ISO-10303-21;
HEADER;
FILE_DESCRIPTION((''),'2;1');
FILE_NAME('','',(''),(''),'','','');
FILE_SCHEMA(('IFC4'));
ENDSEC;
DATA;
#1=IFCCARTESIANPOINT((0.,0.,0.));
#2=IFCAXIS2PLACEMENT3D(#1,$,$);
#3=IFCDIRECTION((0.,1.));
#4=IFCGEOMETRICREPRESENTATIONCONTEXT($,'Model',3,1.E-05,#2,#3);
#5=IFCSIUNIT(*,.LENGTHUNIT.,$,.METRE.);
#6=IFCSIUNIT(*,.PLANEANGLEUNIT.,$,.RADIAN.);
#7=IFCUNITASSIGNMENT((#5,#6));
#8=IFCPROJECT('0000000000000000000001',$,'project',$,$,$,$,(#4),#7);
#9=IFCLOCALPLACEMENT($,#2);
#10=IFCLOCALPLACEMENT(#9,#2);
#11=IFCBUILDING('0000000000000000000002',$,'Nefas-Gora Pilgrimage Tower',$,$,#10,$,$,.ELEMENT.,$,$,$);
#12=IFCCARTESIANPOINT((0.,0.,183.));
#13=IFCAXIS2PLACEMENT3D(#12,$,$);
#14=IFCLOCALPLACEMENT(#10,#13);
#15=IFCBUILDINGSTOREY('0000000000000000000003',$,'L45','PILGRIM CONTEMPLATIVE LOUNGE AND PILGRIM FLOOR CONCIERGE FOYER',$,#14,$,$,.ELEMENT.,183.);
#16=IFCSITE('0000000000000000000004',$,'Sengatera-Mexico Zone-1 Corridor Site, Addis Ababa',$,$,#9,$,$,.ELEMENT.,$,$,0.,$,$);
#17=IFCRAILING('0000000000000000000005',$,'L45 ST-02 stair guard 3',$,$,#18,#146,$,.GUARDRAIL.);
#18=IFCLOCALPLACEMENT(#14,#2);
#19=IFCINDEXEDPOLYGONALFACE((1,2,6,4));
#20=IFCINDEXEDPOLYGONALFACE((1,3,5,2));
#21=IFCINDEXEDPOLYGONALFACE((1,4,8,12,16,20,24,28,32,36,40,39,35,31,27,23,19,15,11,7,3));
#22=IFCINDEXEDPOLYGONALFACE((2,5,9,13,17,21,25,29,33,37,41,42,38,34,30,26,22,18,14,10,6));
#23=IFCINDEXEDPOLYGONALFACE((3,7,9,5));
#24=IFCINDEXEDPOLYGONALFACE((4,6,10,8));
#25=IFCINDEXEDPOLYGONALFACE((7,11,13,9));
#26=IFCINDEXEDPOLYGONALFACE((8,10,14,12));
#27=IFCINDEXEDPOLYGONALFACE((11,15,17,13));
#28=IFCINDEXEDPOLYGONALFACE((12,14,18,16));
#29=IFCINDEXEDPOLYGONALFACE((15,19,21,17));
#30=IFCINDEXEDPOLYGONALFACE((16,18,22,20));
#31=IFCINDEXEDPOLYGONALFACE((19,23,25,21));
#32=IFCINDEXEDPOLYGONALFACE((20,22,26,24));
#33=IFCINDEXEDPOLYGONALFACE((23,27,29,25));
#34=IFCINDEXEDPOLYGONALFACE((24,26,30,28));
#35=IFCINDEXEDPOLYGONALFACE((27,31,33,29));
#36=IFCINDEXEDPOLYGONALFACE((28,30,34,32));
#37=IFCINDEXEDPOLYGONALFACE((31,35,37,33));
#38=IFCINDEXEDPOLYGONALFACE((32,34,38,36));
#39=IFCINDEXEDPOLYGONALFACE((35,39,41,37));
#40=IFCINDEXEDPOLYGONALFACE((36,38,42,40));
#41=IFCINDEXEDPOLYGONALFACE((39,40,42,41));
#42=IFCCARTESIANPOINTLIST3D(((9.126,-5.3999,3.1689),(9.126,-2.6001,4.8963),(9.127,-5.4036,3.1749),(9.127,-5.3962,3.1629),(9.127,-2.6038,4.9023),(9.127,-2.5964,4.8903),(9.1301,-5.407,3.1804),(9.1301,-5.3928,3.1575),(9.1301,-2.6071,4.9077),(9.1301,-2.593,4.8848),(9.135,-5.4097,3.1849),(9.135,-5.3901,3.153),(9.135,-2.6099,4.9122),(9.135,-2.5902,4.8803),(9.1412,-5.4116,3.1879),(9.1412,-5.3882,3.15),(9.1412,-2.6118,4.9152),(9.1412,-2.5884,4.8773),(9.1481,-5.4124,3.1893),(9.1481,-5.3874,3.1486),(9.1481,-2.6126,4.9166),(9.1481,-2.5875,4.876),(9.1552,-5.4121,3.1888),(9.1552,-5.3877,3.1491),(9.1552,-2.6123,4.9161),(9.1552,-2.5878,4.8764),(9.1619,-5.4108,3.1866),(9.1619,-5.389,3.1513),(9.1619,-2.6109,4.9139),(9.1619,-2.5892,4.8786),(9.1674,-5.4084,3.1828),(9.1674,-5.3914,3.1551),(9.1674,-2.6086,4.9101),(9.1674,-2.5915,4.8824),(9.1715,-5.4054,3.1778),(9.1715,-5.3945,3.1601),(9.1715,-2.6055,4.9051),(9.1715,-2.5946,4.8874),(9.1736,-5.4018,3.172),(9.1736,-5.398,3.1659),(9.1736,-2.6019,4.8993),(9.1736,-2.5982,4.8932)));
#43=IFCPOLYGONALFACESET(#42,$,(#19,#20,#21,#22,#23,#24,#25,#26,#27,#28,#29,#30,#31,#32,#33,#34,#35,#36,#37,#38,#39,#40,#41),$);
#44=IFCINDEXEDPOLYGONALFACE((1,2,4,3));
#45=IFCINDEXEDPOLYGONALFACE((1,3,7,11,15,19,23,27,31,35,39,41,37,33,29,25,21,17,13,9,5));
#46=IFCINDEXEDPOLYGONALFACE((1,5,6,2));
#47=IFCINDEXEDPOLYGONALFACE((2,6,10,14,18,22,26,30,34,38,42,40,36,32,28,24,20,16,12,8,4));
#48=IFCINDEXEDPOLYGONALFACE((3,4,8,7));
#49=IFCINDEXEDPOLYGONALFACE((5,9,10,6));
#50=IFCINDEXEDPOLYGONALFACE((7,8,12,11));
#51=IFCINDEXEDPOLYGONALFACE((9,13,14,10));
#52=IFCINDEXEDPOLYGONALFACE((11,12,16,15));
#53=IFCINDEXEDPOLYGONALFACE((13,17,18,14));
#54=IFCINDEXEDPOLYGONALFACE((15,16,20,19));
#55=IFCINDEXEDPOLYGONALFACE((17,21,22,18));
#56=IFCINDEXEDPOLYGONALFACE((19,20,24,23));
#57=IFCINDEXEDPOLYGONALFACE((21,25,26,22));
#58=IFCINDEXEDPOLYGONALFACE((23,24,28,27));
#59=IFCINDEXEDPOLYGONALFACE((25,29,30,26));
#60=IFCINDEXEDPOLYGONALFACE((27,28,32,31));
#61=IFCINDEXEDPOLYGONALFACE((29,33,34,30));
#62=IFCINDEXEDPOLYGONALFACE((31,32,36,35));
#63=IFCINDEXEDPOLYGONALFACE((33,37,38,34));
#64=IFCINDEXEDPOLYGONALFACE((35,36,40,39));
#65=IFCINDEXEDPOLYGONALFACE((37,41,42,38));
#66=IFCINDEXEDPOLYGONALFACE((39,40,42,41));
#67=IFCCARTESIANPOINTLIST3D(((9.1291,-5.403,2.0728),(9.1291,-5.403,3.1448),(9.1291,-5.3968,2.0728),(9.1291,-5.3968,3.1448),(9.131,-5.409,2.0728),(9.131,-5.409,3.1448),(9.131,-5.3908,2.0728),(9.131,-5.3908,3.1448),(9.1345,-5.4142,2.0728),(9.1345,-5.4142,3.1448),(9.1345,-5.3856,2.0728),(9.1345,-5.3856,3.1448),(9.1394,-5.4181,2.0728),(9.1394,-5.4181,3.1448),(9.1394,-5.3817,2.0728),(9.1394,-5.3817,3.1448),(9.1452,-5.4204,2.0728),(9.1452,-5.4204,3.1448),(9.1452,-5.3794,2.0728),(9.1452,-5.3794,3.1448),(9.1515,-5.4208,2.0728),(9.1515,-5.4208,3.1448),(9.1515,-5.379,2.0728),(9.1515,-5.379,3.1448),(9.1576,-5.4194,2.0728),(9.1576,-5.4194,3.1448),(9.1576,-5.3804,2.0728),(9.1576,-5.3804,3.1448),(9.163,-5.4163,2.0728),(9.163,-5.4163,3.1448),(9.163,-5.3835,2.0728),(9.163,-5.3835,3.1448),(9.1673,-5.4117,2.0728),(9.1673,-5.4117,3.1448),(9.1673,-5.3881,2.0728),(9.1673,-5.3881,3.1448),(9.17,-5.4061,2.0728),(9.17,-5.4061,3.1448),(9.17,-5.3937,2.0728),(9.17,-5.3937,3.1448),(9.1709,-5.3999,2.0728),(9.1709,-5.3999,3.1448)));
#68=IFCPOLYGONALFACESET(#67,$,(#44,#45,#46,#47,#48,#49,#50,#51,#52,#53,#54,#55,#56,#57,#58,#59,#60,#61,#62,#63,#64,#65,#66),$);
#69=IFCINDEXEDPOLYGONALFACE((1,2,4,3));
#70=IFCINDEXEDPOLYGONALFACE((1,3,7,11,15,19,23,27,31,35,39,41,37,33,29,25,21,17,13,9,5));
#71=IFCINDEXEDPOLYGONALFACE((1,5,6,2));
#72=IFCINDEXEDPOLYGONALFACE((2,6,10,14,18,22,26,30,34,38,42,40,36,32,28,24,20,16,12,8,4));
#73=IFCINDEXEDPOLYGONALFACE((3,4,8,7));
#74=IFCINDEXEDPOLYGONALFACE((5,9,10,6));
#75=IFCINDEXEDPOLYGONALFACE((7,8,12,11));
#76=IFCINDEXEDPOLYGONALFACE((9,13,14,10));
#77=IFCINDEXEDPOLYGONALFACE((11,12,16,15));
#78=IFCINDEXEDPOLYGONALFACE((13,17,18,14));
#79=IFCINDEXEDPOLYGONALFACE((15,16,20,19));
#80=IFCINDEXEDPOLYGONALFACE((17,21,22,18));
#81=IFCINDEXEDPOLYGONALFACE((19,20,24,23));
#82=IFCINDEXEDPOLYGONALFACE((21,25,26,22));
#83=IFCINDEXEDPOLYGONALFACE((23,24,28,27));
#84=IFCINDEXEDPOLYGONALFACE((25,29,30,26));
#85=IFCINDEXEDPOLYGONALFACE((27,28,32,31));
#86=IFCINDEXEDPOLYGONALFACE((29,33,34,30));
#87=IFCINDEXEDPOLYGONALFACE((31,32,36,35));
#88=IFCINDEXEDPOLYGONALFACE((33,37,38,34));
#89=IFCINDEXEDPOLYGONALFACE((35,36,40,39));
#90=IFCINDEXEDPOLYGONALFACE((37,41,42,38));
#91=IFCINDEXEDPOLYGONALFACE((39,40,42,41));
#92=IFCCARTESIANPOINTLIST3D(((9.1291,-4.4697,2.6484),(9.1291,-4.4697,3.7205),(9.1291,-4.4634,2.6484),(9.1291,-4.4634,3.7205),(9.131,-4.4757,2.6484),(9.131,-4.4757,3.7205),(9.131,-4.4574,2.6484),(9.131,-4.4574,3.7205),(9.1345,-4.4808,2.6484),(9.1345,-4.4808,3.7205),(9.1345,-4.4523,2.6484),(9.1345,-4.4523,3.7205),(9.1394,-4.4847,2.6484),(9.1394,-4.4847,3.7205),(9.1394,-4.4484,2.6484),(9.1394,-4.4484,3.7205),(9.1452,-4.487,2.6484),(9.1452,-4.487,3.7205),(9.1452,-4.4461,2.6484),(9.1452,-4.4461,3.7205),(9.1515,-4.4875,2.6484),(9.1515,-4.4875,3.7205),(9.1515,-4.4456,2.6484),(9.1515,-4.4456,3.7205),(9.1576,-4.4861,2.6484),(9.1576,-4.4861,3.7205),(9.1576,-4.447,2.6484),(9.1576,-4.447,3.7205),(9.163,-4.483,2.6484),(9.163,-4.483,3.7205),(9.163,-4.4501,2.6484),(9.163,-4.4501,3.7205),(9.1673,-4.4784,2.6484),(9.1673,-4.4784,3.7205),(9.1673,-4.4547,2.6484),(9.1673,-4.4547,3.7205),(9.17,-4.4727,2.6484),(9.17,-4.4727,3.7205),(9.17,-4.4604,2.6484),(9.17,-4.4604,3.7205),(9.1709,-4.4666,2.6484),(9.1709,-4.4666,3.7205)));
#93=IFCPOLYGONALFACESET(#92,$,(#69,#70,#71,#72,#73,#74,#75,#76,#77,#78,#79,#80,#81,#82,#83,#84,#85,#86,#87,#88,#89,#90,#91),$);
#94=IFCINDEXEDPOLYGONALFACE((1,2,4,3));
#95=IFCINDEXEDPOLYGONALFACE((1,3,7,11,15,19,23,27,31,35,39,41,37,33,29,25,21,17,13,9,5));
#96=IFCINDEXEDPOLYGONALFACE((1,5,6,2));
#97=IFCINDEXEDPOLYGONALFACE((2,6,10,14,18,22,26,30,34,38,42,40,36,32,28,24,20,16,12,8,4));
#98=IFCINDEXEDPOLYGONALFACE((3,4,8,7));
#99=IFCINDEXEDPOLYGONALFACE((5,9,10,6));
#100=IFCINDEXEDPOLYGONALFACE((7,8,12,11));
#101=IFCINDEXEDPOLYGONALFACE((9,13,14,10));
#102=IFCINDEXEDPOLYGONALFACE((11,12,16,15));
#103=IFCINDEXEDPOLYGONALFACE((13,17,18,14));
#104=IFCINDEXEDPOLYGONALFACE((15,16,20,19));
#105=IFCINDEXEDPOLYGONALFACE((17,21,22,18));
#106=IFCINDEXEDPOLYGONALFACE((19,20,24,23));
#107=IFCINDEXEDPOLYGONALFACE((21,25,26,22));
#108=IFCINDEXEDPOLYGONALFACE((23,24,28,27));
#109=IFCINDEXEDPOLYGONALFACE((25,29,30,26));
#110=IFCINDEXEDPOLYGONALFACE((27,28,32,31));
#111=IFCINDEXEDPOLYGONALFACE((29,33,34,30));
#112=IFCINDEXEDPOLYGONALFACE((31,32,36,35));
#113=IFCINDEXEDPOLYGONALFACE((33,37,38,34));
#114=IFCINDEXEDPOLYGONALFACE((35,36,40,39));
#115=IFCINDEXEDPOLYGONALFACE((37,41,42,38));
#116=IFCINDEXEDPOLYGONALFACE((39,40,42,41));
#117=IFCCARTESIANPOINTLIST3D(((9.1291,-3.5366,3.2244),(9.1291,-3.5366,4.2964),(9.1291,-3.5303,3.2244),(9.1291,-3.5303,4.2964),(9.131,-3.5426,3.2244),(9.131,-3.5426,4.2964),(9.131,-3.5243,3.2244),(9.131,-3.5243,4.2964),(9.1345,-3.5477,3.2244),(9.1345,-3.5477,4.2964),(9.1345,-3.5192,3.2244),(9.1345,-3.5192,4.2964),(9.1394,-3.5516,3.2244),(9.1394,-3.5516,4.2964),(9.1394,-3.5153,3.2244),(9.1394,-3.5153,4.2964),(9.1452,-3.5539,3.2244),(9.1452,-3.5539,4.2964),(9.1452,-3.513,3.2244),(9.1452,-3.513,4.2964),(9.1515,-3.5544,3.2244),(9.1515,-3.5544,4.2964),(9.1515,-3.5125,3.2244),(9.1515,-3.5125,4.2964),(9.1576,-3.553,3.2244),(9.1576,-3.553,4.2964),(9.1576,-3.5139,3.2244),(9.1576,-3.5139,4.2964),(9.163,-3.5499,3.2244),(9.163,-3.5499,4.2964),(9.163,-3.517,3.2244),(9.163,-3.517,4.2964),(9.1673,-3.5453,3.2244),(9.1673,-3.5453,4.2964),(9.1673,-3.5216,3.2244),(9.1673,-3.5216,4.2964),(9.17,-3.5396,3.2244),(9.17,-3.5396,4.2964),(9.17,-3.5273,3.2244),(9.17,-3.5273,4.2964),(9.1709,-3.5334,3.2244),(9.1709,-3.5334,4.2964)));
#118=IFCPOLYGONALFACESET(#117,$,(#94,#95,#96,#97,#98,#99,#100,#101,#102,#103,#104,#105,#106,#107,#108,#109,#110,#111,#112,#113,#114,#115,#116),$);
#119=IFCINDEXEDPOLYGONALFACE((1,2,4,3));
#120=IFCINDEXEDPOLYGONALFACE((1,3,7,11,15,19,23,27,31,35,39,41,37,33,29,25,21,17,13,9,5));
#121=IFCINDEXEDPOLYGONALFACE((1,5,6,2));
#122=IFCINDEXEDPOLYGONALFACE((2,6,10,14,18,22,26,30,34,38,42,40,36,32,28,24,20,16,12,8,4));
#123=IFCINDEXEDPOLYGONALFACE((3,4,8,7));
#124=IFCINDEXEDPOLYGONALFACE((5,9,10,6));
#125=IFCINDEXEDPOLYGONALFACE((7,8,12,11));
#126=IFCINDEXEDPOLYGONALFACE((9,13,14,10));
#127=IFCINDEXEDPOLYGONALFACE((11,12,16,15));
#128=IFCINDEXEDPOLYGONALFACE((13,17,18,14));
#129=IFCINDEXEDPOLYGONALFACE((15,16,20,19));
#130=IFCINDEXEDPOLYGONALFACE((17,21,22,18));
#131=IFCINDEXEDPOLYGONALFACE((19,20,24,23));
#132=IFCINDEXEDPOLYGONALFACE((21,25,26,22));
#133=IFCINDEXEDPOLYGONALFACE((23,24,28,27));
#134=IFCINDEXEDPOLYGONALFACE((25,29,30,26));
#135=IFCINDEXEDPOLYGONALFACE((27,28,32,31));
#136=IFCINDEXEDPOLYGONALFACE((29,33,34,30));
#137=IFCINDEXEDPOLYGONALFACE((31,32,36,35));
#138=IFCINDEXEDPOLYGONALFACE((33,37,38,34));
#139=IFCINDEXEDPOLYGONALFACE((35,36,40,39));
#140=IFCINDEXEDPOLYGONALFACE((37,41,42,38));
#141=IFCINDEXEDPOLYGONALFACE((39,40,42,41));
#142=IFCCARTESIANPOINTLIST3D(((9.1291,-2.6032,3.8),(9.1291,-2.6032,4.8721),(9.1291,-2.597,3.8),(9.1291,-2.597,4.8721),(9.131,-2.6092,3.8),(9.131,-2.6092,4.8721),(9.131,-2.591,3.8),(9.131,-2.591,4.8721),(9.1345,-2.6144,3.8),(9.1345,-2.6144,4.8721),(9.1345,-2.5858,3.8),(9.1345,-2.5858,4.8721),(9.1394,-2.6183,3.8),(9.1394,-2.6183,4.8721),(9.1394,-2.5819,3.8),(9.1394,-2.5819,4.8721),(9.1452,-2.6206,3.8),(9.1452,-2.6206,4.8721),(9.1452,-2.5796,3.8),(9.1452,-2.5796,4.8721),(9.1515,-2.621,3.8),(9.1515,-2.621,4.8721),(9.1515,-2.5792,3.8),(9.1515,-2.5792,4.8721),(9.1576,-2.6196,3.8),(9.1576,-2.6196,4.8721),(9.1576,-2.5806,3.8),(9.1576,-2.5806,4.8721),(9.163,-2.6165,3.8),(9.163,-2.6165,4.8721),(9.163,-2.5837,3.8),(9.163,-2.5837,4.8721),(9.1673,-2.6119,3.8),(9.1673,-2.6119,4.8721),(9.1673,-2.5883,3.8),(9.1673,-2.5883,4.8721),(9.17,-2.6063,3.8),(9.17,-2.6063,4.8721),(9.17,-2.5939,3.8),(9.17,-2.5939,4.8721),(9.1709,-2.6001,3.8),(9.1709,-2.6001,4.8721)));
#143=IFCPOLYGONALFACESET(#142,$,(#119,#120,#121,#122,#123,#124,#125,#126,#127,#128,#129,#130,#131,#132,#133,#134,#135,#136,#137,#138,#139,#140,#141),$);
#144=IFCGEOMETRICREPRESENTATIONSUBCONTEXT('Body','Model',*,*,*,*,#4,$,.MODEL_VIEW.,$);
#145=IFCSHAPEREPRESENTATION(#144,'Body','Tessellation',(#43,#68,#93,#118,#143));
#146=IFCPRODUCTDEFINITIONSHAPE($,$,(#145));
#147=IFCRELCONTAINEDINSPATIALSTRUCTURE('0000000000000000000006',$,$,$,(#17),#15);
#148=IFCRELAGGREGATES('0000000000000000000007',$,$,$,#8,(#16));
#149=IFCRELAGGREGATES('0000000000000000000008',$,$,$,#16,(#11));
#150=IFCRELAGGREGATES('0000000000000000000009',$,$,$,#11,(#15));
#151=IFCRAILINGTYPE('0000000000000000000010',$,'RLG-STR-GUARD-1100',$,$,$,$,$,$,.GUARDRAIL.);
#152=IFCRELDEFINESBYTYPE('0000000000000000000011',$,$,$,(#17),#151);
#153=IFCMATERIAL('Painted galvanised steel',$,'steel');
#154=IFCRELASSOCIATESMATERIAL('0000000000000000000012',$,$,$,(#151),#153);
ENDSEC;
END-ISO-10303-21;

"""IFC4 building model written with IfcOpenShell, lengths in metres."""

from ifc_helpers import new_model, si_unit, direction, frame, origin, origin_2d, place, context, subcontext, project, spatial, circle, extrude, material, type_object, element, save


model = new_model("IFC4")

# Units and contexts
model_context = context("Model", 3, precision=1e-05, world=origin(), true_north=direction((0.0, 1.0)))
body_context = subcontext(model_context, "Body", "Model", "MODEL_VIEW")
ifc_project = project(units=[si_unit("LENGTHUNIT", "METRE"), si_unit("PLANEANGLEUNIT", "RADIAN")], contexts=[model_context])

# Site, building, storey
site_placement = place(None, origin())
site = spatial("IfcSite", under=ifc_project, at=site_placement, Name="Sengatera-Mexico Zone-1 Corridor Site, Addis Ababa", CompositionType="ELEMENT", RefElevation=0.0)
building_placement = place(site_placement, origin())
building = spatial("IfcBuilding", under=site, at=building_placement, Name="Nefas-Gora Pilgrimage Tower", CompositionType="ELEMENT")
storey_placement = place(building_placement, frame((0.0, 0.0, 183.0)))
storey = spatial("IfcBuildingStorey", under=building, at=storey_placement, Name="L45", Description="PILGRIM CONTEMPLATIVE LOUNGE AND PILGRIM FLOOR CONCIERGE FOYER", CompositionType="ELEMENT", Elevation=183.0)

# Railing
ifc_material_1 = material(Name="Painted galvanised steel", Category="steel")
railing_type_1 = type_object("IfcRailingType", Name="RLG-STR-GUARD-1100", PredefinedType="GUARDRAIL", material=ifc_material_1)
railing_1_placement = place(storey_placement, frame((9.1499, -5.3999, 2.0728)))
element("IfcRailing", 1, at=railing_1_placement, inside=storey, type_object=railing_type_1, Name="L45 ST-02 stair guard 3", PredefinedType="GUARDRAIL", context=body_context, shape_type="SweptSolid", body=[
    extrude(circle(Radius=0.0239, at=origin_2d()), frame((0.0, 0.0, 1.0962), z_axis=(0.0, 0.851069, 0.525054), x_axis=(-1.0, 0.0, 0.0)), (0.0, 0.0, 1.0), 3.2898),
    extrude(circle(Radius=0.021, at=origin_2d()), origin(), (0.0, 0.0, 1.0), 1.072),
    extrude(circle(Radius=0.021, at=origin_2d()), frame((0.0, 0.9333, 0.5757)), (0.0, 0.0, 1.0), 1.072),
    extrude(circle(Radius=0.021, at=origin_2d()), frame((0.0, 1.8665, 1.1516)), (0.0, 0.0, 1.0), 1.072),
    extrude(circle(Radius=0.021, at=origin_2d()), frame((0.0, 2.7998, 1.7273)), (0.0, 0.0, 1.0), 1.072),
])

save(model, "model.ifc")
